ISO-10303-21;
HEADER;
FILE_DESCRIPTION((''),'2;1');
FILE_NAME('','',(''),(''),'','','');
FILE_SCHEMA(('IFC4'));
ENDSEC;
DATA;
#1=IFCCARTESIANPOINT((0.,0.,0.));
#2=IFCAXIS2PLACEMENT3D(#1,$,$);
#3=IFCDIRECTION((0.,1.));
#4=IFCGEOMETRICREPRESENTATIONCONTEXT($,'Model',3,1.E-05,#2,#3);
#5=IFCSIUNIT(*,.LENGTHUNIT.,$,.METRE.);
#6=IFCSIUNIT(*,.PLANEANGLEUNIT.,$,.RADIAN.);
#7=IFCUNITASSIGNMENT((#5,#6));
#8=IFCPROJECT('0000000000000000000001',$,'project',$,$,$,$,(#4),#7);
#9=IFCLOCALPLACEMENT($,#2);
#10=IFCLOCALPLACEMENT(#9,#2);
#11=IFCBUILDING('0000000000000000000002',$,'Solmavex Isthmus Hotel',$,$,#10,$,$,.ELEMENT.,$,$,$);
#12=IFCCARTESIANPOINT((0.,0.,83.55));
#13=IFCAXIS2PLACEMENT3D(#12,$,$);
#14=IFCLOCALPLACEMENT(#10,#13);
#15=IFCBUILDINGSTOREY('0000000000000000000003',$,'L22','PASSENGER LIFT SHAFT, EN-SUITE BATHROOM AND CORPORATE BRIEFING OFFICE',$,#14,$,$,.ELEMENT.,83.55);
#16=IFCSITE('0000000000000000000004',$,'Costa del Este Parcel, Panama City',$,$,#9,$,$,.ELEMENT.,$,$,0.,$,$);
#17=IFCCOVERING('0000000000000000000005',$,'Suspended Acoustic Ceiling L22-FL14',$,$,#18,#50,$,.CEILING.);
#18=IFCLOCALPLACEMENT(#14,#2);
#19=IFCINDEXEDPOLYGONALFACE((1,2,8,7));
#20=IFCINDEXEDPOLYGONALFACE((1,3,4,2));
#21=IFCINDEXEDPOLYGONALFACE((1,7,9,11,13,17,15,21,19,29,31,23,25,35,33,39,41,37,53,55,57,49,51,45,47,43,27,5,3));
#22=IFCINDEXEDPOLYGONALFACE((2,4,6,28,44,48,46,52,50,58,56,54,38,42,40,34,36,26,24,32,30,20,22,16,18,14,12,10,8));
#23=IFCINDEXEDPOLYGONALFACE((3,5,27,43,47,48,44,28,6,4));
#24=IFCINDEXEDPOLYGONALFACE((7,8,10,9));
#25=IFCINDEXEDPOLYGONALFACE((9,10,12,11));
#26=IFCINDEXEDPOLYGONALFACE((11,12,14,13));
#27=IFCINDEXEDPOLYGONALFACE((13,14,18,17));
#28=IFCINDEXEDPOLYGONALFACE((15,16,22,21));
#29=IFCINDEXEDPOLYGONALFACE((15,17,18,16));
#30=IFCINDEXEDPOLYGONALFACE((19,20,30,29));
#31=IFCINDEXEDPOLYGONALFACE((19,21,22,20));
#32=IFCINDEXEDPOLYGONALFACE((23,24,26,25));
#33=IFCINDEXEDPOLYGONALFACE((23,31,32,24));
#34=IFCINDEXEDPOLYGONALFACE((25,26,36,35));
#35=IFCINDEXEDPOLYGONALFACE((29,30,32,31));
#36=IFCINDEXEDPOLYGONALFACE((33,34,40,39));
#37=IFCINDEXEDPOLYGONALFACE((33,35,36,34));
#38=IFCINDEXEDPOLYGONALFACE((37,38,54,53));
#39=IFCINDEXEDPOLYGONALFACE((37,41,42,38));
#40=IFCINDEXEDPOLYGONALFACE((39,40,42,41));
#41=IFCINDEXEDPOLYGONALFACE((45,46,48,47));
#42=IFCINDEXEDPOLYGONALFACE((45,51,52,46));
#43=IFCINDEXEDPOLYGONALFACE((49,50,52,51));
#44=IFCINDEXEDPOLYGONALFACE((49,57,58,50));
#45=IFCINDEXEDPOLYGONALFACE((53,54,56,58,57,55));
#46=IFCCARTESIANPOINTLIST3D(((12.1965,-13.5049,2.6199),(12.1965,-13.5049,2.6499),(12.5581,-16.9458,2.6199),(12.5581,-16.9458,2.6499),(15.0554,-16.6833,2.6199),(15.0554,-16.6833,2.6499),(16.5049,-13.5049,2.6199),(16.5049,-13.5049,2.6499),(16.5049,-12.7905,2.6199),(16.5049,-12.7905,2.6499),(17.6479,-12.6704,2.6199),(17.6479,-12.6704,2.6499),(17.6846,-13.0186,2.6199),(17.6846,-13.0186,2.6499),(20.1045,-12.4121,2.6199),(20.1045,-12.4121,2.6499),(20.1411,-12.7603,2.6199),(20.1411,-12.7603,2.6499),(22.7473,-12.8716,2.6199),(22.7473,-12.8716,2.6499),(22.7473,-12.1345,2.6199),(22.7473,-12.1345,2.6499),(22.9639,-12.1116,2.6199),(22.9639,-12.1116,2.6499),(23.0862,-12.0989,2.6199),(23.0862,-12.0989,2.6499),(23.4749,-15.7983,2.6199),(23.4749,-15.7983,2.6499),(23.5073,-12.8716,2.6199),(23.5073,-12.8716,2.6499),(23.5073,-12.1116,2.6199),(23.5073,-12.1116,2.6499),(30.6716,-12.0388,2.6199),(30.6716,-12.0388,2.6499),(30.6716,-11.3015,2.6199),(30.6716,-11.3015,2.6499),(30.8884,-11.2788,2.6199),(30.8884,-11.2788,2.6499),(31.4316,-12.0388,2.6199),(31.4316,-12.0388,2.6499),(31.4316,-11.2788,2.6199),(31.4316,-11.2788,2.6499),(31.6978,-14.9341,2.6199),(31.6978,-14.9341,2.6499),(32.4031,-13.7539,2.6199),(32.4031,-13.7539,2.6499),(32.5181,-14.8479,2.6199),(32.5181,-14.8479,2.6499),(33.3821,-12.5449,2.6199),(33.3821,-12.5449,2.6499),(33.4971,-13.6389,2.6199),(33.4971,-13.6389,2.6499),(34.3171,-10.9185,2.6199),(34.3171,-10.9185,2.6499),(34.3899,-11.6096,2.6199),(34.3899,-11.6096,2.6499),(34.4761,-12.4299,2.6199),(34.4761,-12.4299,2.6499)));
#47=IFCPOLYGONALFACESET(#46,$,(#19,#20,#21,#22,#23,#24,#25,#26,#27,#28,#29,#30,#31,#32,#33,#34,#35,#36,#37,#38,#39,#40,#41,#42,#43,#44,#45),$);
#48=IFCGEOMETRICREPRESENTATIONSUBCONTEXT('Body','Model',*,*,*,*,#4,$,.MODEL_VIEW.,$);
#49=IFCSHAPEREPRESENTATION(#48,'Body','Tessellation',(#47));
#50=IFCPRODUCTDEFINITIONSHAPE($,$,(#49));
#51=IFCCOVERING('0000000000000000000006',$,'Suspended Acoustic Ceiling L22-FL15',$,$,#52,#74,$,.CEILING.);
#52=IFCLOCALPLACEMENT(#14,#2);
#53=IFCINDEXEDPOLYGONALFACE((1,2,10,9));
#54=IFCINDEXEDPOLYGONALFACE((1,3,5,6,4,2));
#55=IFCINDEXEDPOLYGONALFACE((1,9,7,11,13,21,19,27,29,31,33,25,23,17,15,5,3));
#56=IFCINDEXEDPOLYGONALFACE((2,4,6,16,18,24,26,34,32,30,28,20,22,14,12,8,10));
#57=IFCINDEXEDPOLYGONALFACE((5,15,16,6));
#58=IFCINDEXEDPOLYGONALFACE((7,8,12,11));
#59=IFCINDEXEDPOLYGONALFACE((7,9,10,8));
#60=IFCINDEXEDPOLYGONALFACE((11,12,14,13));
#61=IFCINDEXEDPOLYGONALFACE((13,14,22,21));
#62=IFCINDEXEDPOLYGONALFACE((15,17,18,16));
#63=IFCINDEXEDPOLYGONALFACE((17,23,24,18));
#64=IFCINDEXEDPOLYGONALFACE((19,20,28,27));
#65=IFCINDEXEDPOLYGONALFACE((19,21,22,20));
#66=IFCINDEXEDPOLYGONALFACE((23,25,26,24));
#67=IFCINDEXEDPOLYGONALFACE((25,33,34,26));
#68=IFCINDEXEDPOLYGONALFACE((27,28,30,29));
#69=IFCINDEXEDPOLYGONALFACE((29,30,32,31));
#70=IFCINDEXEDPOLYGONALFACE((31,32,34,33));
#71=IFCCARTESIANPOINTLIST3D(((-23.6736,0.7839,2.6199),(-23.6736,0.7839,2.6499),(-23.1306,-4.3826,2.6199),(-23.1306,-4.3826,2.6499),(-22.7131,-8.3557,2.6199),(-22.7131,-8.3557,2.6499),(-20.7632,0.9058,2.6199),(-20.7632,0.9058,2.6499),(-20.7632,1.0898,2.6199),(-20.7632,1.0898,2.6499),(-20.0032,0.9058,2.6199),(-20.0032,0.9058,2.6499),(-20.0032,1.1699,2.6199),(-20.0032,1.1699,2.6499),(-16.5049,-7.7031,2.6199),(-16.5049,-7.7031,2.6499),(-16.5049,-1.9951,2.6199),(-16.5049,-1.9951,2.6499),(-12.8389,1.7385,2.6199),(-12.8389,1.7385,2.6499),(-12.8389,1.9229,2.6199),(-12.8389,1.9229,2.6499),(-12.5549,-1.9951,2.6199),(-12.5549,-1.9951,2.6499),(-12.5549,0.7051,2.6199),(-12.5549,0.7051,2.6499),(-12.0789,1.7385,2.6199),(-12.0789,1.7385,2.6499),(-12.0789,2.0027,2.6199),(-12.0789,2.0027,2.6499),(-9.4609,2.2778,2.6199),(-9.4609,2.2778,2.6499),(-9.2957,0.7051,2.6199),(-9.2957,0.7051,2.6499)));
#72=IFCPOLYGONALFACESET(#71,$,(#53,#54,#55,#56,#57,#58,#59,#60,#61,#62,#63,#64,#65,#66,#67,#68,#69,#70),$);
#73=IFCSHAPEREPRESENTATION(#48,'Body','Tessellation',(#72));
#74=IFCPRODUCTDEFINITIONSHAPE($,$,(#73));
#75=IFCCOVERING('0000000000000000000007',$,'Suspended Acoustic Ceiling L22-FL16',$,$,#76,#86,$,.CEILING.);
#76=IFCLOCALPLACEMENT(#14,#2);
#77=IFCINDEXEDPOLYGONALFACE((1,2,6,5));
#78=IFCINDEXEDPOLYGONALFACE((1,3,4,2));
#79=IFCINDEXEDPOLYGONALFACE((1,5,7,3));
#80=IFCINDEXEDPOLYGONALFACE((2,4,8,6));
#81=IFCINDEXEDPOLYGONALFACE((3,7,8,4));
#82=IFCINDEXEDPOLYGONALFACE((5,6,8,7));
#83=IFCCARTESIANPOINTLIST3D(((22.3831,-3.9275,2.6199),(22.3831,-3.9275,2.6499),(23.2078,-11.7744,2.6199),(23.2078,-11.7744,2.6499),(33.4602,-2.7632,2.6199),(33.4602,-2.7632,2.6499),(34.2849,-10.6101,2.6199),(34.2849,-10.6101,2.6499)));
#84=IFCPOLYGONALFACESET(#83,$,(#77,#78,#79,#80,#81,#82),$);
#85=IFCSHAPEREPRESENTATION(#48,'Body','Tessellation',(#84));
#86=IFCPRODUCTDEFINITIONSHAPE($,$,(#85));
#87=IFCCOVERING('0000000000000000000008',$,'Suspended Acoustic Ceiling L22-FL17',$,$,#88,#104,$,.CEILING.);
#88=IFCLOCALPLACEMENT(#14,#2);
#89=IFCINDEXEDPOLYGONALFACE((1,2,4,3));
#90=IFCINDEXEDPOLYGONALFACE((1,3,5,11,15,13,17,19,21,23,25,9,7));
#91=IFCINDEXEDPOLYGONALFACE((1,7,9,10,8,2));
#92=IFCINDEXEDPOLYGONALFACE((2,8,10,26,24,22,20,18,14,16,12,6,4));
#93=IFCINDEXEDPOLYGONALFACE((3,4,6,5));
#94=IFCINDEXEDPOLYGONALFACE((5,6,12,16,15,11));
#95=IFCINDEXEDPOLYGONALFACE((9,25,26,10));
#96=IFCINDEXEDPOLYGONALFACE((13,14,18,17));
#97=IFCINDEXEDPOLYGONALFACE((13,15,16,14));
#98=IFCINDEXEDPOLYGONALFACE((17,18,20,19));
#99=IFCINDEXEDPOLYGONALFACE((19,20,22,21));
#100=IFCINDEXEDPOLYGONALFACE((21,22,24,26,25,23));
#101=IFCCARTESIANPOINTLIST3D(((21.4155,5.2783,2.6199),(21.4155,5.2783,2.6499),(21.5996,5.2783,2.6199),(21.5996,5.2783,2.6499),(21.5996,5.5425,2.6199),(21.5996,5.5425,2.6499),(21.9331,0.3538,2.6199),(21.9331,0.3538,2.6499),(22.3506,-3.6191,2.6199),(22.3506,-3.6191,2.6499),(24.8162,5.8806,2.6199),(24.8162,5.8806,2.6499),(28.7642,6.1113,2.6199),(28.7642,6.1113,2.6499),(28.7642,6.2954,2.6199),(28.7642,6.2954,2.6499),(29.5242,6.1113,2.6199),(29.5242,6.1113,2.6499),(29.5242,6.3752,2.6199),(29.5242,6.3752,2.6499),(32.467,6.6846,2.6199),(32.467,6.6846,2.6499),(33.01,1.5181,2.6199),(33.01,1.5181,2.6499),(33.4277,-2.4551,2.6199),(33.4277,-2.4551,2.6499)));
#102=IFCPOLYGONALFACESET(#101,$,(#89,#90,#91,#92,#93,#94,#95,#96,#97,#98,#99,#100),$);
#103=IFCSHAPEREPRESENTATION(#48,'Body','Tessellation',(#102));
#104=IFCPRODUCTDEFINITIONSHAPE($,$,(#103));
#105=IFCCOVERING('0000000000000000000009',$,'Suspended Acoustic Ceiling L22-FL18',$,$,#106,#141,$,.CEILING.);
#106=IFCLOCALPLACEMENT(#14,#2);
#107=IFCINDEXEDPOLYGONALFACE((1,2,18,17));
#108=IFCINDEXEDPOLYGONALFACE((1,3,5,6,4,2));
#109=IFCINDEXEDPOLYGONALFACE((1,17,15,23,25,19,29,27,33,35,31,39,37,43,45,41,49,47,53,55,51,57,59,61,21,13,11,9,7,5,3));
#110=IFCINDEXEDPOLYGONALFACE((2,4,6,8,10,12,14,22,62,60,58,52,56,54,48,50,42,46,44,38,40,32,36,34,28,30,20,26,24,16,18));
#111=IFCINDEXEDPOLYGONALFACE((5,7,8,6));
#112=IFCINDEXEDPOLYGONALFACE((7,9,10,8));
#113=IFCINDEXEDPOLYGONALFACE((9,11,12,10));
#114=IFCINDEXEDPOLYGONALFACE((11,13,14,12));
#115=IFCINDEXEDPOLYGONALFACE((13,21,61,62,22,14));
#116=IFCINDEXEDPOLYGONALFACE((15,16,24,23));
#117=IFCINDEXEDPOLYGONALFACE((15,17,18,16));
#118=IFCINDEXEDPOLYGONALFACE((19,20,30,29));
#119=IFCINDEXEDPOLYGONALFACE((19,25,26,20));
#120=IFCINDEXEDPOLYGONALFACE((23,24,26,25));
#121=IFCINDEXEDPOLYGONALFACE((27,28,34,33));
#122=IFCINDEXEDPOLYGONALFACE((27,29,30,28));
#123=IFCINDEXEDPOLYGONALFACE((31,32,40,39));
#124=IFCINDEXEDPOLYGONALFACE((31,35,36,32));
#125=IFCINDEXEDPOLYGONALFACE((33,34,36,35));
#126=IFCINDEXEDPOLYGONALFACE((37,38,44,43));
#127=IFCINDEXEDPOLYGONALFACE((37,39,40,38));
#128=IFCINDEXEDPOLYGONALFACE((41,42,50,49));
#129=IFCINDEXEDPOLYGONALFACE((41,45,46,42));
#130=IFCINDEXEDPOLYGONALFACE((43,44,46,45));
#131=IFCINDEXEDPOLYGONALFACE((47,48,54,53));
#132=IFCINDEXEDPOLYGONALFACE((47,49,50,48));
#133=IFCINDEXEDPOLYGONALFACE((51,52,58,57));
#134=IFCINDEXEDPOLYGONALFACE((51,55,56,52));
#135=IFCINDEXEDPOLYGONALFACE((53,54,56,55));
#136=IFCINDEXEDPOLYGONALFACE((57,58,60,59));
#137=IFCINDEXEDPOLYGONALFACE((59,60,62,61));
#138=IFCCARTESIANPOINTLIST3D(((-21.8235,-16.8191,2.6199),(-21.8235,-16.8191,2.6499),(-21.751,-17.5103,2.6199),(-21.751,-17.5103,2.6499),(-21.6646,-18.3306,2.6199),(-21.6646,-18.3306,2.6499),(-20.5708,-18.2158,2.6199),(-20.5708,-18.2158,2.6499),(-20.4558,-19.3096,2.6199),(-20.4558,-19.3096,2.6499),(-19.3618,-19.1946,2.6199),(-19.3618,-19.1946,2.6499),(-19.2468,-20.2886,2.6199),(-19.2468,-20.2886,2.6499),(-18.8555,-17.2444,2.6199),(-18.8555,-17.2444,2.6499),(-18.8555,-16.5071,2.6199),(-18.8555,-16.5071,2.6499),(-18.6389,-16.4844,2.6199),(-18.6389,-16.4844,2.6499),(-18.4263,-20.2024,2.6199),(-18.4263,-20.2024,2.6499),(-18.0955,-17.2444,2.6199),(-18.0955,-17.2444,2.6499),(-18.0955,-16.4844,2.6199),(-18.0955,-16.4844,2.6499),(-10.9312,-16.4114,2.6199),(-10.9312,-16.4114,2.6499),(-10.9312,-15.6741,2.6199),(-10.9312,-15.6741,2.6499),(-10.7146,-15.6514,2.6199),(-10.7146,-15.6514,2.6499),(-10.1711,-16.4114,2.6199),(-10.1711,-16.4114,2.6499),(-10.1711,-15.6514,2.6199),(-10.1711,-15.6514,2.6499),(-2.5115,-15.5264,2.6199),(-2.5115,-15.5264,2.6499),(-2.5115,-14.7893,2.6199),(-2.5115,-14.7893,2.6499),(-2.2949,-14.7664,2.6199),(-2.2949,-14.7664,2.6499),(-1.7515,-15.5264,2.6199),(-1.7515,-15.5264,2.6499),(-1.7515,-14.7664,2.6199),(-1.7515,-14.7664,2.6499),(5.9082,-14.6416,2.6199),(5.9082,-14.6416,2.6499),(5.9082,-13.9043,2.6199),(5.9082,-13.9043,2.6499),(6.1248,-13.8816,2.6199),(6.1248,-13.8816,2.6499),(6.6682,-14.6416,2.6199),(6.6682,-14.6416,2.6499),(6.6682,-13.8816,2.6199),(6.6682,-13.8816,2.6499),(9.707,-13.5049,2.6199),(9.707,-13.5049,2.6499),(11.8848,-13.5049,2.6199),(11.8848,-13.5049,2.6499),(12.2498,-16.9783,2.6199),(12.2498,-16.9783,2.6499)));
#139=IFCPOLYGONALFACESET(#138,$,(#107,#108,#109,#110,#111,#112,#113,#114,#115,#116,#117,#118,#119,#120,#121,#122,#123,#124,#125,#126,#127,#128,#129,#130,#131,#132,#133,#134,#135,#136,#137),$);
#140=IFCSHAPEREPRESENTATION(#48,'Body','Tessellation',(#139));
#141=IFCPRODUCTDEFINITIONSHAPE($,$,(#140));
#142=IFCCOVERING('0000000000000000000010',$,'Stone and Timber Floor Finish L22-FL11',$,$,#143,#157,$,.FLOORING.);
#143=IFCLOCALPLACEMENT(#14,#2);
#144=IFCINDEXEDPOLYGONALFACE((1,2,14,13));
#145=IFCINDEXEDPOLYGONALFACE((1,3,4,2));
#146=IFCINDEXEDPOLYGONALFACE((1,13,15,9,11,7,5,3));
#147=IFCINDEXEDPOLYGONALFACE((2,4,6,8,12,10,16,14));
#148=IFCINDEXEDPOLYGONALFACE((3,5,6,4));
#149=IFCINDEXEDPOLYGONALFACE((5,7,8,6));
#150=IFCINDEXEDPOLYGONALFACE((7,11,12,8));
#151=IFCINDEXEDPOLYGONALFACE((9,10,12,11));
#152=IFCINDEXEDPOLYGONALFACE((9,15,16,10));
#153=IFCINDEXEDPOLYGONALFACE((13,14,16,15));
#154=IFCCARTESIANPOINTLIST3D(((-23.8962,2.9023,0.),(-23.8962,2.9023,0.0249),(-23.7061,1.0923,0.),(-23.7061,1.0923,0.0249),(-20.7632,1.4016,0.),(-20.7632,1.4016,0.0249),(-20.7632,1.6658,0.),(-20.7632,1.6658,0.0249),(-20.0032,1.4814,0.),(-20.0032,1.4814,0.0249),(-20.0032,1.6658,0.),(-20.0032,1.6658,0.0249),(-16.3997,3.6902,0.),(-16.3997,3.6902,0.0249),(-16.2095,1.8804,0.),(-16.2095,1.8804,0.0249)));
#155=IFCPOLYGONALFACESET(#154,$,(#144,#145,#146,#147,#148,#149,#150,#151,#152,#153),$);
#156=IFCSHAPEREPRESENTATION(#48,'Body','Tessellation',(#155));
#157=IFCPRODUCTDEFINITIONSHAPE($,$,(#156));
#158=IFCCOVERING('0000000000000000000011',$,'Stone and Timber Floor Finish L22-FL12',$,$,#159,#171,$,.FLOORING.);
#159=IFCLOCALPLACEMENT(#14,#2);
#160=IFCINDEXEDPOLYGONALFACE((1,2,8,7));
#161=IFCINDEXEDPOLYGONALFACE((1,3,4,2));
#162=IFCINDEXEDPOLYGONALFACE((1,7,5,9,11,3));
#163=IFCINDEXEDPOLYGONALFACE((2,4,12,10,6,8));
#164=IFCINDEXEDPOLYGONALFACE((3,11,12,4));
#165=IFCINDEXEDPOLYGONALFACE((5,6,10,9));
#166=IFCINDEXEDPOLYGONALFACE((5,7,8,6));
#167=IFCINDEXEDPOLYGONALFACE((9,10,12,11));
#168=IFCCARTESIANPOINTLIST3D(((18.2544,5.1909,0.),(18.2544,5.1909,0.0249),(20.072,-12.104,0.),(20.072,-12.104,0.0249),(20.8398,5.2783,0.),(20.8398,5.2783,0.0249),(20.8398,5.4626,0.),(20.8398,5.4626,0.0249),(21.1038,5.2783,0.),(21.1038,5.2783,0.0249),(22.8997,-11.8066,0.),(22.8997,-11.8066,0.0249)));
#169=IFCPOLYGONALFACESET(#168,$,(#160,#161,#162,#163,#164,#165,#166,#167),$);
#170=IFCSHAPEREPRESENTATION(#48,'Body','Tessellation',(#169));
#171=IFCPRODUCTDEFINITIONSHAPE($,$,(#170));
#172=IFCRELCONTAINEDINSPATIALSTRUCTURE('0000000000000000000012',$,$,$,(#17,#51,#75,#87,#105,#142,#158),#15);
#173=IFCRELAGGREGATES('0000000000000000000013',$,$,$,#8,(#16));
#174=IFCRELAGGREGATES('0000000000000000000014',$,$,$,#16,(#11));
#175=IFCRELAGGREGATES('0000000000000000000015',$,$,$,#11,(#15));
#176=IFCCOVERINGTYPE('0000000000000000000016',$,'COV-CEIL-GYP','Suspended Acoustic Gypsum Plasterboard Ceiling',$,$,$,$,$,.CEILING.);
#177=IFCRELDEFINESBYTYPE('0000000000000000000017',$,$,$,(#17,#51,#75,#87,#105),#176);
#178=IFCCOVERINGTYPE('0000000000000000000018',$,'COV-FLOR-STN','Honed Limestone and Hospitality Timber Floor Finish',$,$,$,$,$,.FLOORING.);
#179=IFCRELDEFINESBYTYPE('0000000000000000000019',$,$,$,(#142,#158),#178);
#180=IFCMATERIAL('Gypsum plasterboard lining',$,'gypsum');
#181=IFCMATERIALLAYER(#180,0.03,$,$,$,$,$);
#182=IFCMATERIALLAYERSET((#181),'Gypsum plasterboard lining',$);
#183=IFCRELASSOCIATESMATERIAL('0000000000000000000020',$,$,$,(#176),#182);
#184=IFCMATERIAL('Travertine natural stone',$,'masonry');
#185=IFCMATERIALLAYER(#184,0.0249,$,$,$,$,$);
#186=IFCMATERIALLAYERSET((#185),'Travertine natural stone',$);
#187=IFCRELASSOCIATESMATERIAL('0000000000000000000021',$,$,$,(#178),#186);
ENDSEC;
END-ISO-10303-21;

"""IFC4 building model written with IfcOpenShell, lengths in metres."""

from ifc_helpers import new_model, si_unit, direction, frame, origin, place, context, subcontext, project, spatial, polyline, outline, extrude, material, layer, layer_set, type_object, element, save


model = new_model("IFC4")

# Units and contexts
model_context = context("Model", 3, precision=1e-05, world=origin(), true_north=direction((0.0, 1.0)))
body_context = subcontext(model_context, "Body", "Model", "MODEL_VIEW")
ifc_project = project(units=[si_unit("LENGTHUNIT", "METRE"), si_unit("PLANEANGLEUNIT", "RADIAN")], contexts=[model_context])

# Site, building, storey
site_placement = place(None, origin())
site = spatial("IfcSite", under=ifc_project, at=site_placement, Name="Costa del Este Parcel, Panama City", CompositionType="ELEMENT", RefElevation=0.0)
building_placement = place(site_placement, origin())
building = spatial("IfcBuilding", under=site, at=building_placement, Name="Solmavex Isthmus Hotel", CompositionType="ELEMENT")
storey_placement = place(building_placement, frame((0.0, 0.0, 83.55)))
storey = spatial("IfcBuildingStorey", under=building, at=storey_placement, Name="L22", Description="PASSENGER LIFT SHAFT, EN-SUITE BATHROOM AND CORPORATE BRIEFING OFFICE", CompositionType="ELEMENT", Elevation=83.55)

# Shared definitions
ifc_material_1 = material(Name="Gypsum plasterboard lining", Category="gypsum")

# Coverings
ifc_layer_1 = layer(ifc_material_1, 0.03)
ifc_layer_set_1 = layer_set([ifc_layer_1], Name="Gypsum plasterboard lining")
covering_type_1 = type_object("IfcCoveringType", Name="COV-CEIL-GYP", Description="Suspended Acoustic Gypsum Plasterboard Ceiling", PredefinedType="CEILING", material=ifc_layer_set_1)
covering_1_placement = place(storey_placement, frame((0.0, 0.0, 2.6199)))
element("IfcCovering", 1, at=covering_1_placement, inside=storey, type_object=covering_type_1, Name="Suspended Acoustic Ceiling L22-FL14", PredefinedType="CEILING", context=body_context, shape_type="SweptSolid", body=[
    extrude(outline(polyline([(16.5049, -12.7905), (16.5049, -13.5049), (12.1965, -13.5049), (12.5581, -16.9458), (15.0554, -16.6833), (23.4749, -15.7983), (31.6978, -14.9341), (32.5181, -14.8479), (32.4031, -13.7539), (33.4971, -13.6389), (33.3821, -12.5449), (34.4761, -12.4299), (34.3899, -11.6096), (34.3171, -10.9185), (30.8884, -11.2788), (31.4316, -11.2788), (31.4316, -12.0388), (30.6716, -12.0388), (30.6716, -11.3015), (23.0862, -12.0989), (22.9639, -12.1116), (23.5073, -12.1116), (23.5073, -12.8716), (22.7473, -12.8716), (22.7473, -12.1345), (20.1045, -12.4121), (20.1411, -12.7603), (17.6846, -13.0186), (17.6479, -12.6704), (16.5049, -12.7905)])), origin(), (0.0, 0.0, 1.0), 0.03),
])
covering_2_placement = place(storey_placement, frame((0.0, 0.0, 2.6199)))
element("IfcCovering", 2, at=covering_2_placement, inside=storey, type_object=covering_type_1, Name="Suspended Acoustic Ceiling L22-FL15", PredefinedType="CEILING", context=body_context, shape_type="SweptSolid", body=[
    extrude(outline(polyline([(-20.0032, 1.1699), (-20.0032, 0.9058), (-20.7632, 0.9058), (-20.7632, 1.0898), (-23.6736, 0.7839), (-23.1306, -4.3826), (-22.7131, -8.3557), (-16.5049, -7.7031), (-16.5049, -1.9951), (-12.5549, -1.9951), (-12.5549, 0.7051), (-9.2957, 0.7051), (-9.4609, 2.2778), (-12.0789, 2.0027), (-12.0789, 1.7385), (-12.8389, 1.7385), (-12.8389, 1.9229), (-20.0032, 1.1699)])), origin(), (0.0, 0.0, 1.0), 0.03),
])
covering_3_placement = place(storey_placement, frame((0.0, 0.0, 2.6199)))
element("IfcCovering", 3, at=covering_3_placement, inside=storey, type_object=covering_type_1, Name="Suspended Acoustic Ceiling L22-FL16", PredefinedType="CEILING", context=body_context, shape_type="SweptSolid", body=[
    extrude(outline(polyline([(33.4602, -2.7632), (22.3831, -3.9275), (23.2078, -11.7744), (34.2849, -10.6101), (33.4602, -2.7632)])), origin(), (0.0, 0.0, 1.0), 0.03),
])
covering_4_placement = place(storey_placement, frame((0.0, 0.0, 2.6199)))
element("IfcCovering", 4, at=covering_4_placement, inside=storey, type_object=covering_type_1, Name="Suspended Acoustic Ceiling L22-FL17", PredefinedType="CEILING", context=body_context, shape_type="SweptSolid", body=[
    extrude(outline(polyline([(21.5996, 5.5425), (21.5996, 5.2783), (21.4155, 5.2783), (21.9331, 0.3538), (22.3506, -3.6191), (33.4277, -2.4551), (33.01, 1.5181), (32.467, 6.6846), (29.5242, 6.3752), (29.5242, 6.1113), (28.7642, 6.1113), (28.7642, 6.2954), (24.8162, 5.8806), (21.5996, 5.5425)])), origin(), (0.0, 0.0, 1.0), 0.03),
])
covering_5_placement = place(storey_placement, frame((0.0, 0.0, 2.6199)))
element("IfcCovering", 5, at=covering_5_placement, inside=storey, type_object=covering_type_1, Name="Suspended Acoustic Ceiling L22-FL18", PredefinedType="CEILING", context=body_context, shape_type="SweptSolid", body=[
    extrude(outline(polyline([(-20.5708, -18.2158), (-20.4558, -19.3096), (-19.3618, -19.1946), (-19.2468, -20.2886), (-18.4263, -20.2024), (12.2498, -16.9783), (11.8848, -13.5049), (9.707, -13.5049), (6.1248, -13.8816), (6.6682, -13.8816), (6.6682, -14.6416), (5.9082, -14.6416), (5.9082, -13.9043), (-2.2949, -14.7664), (-1.7515, -14.7664), (-1.7515, -15.5264), (-2.5115, -15.5264), (-2.5115, -14.7893), (-10.7146, -15.6514), (-10.1711, -15.6514), (-10.1711, -16.4114), (-10.9312, -16.4114), (-10.9312, -15.6741), (-18.6389, -16.4844), (-18.0955, -16.4844), (-18.0955, -17.2444), (-18.8555, -17.2444), (-18.8555, -16.5071), (-21.8235, -16.8191), (-21.751, -17.5103), (-21.6646, -18.3306), (-20.5708, -18.2158)])), origin(), (0.0, 0.0, 1.0), 0.03),
])
ifc_material_2 = material(Name="Travertine natural stone", Category="masonry")
ifc_layer_2 = layer(ifc_material_2, 0.0249)
ifc_layer_set_2 = layer_set([ifc_layer_2], Name="Travertine natural stone")
covering_type_2 = type_object("IfcCoveringType", Name="COV-FLOR-STN", Description="Honed Limestone and Hospitality Timber Floor Finish", PredefinedType="FLOORING", material=ifc_layer_set_2)
covering_6_placement = place(storey_placement, origin())
element("IfcCovering", 6, at=covering_6_placement, inside=storey, type_object=covering_type_2, Name="Stone and Timber Floor Finish L22-FL11", PredefinedType="FLOORING", context=body_context, shape_type="SweptSolid", body=[
    extrude(outline(polyline([(-16.2095, 1.8804), (-16.3997, 3.6902), (-23.8962, 2.9023), (-23.7061, 1.0923), (-20.7632, 1.4016), (-20.7632, 1.6658), (-20.0032, 1.6658), (-20.0032, 1.4814), (-16.2095, 1.8804)])), origin(), (0.0, 0.0, 1.0), 0.0249),
])
covering_7_placement = place(storey_placement, origin())
element("IfcCovering", 7, at=covering_7_placement, inside=storey, type_object=covering_type_2, Name="Stone and Timber Floor Finish L22-FL12", PredefinedType="FLOORING", context=body_context, shape_type="SweptSolid", body=[
    extrude(outline(polyline([(21.1038, 5.2783), (20.8398, 5.2783), (20.8398, 5.4626), (18.2544, 5.1909), (20.072, -12.104), (22.8997, -11.8066), (21.1038, 5.2783)])), origin(), (0.0, 0.0, 1.0), 0.0249),
])

save(model, "model.ifc")
